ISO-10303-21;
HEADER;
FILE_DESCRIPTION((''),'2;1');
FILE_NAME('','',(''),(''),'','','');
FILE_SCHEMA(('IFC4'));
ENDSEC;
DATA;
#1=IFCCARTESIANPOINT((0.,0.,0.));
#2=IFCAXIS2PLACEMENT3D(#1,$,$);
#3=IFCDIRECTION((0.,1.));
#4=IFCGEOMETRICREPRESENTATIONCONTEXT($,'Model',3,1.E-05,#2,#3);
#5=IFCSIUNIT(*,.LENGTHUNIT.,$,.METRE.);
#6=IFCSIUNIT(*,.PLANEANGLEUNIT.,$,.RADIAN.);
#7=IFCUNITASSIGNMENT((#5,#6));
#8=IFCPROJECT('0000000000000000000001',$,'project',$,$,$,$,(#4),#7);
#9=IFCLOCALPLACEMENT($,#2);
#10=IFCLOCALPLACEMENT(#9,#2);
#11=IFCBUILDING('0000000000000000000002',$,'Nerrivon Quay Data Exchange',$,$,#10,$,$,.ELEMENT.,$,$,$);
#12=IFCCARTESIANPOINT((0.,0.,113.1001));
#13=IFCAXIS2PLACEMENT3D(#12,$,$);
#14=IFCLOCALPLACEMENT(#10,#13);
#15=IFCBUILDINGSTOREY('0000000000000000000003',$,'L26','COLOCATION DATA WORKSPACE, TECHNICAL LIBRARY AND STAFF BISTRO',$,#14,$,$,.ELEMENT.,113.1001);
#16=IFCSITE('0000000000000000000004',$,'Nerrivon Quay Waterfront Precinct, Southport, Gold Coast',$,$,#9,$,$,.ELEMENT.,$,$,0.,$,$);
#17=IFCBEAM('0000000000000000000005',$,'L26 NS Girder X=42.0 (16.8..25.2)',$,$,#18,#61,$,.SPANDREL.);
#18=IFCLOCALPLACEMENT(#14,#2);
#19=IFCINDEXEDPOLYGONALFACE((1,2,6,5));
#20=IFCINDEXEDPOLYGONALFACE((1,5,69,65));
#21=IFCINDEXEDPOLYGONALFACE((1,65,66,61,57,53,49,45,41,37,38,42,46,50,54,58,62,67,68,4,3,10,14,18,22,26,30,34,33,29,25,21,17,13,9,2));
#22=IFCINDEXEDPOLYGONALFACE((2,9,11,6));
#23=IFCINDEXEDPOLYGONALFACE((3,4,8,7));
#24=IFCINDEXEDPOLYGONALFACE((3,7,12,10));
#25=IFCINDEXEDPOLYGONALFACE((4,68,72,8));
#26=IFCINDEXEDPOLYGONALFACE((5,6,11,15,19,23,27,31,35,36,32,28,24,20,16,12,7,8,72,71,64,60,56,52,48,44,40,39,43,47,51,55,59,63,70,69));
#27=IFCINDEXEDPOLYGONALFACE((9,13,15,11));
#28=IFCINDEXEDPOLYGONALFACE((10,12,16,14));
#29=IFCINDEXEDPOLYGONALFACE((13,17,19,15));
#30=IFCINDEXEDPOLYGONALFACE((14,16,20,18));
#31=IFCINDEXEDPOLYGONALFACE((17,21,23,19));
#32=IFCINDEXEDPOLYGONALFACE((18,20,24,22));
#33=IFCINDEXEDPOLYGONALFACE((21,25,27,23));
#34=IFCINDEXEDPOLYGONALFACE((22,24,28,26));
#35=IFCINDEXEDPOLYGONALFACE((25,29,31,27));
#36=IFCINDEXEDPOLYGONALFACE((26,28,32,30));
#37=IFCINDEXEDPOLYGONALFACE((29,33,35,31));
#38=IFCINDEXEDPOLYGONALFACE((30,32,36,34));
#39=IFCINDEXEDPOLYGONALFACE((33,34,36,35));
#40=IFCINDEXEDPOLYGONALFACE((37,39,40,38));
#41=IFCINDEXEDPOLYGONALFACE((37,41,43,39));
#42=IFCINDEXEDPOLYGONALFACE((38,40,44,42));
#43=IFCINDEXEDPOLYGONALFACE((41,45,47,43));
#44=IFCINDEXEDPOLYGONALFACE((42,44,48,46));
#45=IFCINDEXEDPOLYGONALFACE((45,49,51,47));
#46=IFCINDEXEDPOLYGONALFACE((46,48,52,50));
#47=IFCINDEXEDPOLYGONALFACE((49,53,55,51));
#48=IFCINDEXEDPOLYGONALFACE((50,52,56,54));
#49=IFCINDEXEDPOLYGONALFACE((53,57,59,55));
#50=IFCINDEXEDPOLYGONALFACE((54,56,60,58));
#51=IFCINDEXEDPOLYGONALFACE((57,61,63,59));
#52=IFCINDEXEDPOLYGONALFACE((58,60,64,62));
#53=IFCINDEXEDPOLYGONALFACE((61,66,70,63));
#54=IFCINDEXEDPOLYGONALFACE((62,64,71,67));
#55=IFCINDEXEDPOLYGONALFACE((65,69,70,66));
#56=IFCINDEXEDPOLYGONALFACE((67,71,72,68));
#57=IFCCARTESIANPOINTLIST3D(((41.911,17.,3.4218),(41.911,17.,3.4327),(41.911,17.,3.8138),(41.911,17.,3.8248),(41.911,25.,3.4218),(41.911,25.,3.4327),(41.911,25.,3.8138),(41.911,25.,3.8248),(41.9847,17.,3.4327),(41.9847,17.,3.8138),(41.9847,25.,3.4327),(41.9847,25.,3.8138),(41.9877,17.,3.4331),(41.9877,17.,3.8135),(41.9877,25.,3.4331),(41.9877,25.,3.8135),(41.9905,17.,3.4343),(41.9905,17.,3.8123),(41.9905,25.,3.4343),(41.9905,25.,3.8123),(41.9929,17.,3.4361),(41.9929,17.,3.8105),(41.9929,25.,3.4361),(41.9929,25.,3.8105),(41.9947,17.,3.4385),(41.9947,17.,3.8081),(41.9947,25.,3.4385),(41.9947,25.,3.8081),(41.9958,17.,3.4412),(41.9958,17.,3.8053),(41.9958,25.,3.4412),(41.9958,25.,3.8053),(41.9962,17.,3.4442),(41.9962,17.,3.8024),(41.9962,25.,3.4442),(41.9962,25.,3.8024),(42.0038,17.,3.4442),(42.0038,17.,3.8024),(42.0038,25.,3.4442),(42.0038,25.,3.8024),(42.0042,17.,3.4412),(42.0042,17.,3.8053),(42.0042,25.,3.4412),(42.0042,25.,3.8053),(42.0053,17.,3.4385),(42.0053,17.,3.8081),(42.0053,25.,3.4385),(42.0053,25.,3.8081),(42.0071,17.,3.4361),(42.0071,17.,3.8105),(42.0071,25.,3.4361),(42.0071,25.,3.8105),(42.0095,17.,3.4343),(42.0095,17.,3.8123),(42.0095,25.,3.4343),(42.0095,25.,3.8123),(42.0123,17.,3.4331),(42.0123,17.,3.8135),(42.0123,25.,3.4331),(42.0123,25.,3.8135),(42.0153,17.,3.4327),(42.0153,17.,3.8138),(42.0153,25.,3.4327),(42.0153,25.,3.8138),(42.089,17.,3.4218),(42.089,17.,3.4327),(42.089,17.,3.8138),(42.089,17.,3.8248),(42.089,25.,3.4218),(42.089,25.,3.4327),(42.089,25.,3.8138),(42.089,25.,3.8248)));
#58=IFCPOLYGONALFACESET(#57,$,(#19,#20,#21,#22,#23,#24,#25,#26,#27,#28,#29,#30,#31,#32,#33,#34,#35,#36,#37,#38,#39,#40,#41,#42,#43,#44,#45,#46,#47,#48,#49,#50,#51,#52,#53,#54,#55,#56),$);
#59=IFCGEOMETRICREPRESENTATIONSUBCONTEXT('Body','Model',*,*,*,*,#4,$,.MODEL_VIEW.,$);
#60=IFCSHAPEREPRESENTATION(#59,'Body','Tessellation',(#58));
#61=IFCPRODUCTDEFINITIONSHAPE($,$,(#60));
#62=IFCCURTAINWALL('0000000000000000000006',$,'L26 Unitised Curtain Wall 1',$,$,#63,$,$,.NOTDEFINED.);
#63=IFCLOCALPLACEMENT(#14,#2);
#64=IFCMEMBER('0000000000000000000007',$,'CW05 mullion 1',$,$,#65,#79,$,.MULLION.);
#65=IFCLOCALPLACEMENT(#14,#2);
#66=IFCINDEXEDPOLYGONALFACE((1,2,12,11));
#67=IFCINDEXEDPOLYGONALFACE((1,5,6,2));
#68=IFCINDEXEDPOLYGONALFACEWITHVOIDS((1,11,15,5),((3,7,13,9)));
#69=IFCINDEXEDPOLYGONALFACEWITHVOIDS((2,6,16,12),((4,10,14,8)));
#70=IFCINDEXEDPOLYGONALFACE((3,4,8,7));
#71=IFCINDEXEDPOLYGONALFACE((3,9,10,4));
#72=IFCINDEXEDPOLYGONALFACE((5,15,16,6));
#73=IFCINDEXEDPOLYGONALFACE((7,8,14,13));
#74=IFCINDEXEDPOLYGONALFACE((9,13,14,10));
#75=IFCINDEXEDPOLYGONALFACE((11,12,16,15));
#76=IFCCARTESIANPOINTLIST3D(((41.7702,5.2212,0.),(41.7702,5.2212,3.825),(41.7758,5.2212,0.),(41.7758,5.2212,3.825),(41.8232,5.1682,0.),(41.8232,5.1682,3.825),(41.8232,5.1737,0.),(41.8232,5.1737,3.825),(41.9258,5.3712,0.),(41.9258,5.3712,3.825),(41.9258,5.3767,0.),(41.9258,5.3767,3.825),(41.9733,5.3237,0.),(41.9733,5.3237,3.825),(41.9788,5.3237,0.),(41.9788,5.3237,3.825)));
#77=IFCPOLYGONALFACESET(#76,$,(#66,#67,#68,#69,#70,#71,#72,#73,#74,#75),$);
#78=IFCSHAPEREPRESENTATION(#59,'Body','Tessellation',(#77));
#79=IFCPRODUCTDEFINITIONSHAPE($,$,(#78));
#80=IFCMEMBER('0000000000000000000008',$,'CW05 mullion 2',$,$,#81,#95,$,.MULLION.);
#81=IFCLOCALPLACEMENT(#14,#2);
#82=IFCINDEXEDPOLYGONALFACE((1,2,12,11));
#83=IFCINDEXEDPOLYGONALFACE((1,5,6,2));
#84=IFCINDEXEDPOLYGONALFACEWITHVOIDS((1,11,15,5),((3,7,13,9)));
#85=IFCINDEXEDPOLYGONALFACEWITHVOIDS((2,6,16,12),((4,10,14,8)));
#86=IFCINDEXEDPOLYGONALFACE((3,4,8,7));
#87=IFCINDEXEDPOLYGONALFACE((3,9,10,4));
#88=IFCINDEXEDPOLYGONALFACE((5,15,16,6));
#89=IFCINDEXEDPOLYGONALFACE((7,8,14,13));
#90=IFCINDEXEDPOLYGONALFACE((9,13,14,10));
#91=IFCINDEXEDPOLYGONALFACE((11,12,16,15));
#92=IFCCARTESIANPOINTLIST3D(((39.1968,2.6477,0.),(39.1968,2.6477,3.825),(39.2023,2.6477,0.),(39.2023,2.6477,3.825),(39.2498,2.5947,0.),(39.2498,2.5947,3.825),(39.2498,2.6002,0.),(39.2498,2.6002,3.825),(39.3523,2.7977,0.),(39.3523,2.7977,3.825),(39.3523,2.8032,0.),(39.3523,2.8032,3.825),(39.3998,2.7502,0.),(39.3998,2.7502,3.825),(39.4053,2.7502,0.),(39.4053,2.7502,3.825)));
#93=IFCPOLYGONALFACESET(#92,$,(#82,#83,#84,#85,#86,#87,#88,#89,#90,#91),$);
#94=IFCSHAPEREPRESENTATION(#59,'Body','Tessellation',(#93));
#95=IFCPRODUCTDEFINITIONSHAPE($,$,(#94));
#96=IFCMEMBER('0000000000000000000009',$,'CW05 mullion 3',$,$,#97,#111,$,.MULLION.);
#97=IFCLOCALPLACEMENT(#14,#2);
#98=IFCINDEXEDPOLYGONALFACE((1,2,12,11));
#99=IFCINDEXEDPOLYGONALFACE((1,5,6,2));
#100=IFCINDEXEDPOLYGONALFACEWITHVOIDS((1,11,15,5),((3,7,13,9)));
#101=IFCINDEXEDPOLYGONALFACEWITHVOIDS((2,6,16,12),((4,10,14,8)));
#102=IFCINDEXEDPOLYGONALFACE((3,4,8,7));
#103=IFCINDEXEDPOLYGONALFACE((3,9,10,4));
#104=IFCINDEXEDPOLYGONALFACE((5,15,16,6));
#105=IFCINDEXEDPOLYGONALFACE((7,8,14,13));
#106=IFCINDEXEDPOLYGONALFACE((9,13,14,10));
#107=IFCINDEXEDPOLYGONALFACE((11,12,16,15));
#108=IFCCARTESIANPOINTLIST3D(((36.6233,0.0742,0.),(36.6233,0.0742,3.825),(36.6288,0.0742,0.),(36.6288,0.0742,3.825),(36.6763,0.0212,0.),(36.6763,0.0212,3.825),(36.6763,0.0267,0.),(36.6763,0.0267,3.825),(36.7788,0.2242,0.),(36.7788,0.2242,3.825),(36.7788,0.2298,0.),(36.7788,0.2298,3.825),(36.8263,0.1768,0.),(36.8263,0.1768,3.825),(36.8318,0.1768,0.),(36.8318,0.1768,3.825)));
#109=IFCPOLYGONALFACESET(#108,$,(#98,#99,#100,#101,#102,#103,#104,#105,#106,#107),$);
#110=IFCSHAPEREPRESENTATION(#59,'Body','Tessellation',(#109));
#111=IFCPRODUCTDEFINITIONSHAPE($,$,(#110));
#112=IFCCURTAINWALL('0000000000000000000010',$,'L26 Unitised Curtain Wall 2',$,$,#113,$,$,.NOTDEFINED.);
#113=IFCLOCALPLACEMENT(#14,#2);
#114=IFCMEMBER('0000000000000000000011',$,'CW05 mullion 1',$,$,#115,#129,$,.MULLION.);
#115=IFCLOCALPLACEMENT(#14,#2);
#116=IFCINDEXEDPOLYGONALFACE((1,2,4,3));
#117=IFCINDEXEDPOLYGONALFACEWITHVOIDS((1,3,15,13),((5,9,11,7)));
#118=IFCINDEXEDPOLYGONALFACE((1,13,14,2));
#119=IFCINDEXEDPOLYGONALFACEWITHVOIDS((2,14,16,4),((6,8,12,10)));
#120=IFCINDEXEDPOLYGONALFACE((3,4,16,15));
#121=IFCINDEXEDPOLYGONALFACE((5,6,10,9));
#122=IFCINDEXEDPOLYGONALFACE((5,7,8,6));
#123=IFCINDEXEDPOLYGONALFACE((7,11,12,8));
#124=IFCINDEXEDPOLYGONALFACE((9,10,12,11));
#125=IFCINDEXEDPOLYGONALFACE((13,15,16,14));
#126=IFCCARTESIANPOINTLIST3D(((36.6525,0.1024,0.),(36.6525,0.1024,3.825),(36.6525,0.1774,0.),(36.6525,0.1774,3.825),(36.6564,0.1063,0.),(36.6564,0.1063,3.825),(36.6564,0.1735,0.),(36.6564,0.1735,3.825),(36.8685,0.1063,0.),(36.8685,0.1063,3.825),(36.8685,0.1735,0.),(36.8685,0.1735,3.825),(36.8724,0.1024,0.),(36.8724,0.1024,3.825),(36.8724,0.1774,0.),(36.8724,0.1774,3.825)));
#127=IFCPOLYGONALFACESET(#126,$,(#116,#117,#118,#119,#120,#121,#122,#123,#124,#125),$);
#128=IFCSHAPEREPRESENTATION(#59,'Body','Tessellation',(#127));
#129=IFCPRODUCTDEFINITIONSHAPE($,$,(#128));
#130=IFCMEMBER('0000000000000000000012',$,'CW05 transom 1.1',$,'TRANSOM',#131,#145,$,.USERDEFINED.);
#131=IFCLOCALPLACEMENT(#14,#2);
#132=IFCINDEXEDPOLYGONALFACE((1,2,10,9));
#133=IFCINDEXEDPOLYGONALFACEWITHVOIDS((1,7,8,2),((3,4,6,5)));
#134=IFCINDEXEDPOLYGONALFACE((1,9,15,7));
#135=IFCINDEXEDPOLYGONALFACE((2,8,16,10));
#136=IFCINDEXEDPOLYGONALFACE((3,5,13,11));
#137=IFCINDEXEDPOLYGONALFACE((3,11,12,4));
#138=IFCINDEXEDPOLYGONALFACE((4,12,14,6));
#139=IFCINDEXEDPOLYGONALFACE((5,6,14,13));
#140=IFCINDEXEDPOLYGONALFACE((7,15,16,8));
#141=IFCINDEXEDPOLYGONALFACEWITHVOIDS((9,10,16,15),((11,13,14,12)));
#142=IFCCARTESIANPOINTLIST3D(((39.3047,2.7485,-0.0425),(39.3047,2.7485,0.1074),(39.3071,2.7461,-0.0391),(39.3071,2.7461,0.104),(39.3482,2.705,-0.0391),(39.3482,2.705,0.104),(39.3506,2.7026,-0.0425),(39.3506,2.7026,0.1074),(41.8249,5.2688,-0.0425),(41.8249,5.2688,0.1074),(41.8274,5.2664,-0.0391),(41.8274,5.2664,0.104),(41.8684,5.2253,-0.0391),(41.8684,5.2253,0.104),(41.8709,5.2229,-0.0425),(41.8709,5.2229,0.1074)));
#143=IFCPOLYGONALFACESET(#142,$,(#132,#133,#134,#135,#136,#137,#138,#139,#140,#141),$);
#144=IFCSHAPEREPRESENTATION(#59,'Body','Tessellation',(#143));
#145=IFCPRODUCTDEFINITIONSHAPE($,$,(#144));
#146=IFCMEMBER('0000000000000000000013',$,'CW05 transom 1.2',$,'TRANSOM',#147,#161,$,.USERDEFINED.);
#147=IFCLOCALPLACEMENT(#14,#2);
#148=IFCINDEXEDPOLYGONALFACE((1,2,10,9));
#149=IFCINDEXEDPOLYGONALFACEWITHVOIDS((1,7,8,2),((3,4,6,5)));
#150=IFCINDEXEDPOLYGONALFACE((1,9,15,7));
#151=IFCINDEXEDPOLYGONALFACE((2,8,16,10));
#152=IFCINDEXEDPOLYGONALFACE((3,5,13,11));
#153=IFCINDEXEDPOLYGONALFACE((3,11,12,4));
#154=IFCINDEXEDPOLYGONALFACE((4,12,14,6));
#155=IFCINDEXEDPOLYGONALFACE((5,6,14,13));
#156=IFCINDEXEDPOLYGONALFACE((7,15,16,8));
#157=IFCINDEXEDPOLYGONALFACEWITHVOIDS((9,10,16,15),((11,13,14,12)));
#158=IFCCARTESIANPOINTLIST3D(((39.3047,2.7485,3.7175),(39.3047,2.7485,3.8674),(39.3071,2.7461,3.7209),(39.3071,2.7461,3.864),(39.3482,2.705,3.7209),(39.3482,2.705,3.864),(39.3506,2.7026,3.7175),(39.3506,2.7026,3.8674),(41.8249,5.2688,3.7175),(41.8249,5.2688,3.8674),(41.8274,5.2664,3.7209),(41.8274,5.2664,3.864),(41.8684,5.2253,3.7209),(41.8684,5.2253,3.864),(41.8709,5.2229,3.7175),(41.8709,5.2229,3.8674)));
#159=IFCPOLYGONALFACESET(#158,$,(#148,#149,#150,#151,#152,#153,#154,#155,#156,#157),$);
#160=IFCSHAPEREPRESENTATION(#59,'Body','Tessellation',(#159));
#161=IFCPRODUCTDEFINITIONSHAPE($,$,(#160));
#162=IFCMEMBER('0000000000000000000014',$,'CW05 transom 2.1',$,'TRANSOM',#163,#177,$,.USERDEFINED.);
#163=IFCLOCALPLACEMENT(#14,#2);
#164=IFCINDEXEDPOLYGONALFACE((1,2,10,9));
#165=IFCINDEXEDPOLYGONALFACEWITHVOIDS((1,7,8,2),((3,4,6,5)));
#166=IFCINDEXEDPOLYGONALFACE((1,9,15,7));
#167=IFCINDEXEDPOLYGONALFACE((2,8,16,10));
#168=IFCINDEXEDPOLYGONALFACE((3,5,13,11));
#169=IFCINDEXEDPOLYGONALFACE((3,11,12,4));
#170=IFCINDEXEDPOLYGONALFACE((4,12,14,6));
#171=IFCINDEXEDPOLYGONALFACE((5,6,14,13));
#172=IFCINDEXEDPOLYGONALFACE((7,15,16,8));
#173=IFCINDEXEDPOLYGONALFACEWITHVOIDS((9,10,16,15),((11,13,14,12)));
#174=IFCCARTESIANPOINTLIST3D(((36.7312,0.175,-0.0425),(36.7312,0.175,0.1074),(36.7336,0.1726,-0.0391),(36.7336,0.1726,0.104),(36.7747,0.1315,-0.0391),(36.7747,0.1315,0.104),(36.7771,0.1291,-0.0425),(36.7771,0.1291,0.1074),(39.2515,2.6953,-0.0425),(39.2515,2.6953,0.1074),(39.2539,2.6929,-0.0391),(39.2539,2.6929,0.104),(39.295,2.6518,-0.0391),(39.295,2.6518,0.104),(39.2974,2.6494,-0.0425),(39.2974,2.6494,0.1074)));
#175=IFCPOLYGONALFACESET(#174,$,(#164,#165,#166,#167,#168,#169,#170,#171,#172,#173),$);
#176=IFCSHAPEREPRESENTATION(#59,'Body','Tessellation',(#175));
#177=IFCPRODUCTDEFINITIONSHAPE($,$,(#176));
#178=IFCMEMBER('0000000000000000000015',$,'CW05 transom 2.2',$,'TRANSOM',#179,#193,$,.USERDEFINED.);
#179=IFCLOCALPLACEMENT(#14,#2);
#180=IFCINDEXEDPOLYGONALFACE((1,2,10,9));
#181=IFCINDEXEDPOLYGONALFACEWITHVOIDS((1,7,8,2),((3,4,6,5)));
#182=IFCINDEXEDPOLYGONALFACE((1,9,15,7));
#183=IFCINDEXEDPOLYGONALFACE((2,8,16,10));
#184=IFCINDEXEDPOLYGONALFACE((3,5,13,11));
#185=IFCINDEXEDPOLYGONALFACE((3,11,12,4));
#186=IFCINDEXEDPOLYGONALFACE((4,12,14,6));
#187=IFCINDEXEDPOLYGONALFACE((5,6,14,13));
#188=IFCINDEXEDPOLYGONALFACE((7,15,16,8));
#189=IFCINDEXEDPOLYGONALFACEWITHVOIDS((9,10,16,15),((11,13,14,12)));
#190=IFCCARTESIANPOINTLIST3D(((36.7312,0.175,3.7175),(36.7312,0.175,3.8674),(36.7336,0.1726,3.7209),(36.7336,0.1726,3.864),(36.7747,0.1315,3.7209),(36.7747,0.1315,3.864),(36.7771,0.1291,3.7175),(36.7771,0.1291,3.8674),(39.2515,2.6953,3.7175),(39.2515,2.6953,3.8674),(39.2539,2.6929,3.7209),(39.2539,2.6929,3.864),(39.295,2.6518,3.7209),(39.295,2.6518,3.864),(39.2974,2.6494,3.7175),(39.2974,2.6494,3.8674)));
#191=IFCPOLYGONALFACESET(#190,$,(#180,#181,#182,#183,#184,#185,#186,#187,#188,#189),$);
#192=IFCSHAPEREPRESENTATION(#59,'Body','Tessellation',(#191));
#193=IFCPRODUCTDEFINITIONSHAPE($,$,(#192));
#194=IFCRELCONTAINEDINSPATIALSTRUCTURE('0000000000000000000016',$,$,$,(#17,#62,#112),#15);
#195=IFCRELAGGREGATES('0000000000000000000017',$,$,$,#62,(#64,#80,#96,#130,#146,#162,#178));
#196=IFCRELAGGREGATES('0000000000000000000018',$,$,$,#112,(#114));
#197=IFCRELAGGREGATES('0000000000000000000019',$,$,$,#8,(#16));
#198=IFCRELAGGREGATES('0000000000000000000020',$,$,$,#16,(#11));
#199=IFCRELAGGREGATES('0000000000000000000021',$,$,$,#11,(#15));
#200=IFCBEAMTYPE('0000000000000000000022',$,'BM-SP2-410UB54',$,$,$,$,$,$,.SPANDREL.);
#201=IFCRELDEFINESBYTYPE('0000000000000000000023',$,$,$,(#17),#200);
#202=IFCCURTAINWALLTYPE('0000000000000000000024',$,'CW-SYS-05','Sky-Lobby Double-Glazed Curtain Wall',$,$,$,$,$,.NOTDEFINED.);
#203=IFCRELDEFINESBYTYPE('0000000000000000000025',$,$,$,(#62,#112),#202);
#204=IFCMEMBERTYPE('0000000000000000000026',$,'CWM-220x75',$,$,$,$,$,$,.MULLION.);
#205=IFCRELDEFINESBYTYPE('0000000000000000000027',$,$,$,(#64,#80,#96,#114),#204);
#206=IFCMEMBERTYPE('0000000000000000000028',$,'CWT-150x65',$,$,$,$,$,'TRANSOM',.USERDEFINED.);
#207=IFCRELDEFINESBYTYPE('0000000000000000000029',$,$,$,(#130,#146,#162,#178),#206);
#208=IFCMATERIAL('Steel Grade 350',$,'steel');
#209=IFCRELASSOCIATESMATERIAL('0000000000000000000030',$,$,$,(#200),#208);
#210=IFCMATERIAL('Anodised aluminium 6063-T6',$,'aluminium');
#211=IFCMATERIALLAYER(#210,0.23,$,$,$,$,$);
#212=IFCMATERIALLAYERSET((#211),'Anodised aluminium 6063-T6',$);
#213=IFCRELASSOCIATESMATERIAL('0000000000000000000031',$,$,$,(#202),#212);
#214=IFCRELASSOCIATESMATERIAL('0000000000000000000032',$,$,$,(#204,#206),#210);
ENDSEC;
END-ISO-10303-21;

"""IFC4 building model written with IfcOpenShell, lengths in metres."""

from ifc_helpers import new_model, si_unit, direction, frame, origin, origin_2d, place, context, subcontext, project, spatial, hollow_rectangle, i_section, extrude, material, layer, layer_set, material_profile, profile_set, type_object, element, aggregate, save


model = new_model("IFC4")

# Units and contexts
model_context = context("Model", 3, precision=1e-05, world=origin(), true_north=direction((0.0, 1.0)))
body_context = subcontext(model_context, "Body", "Model", "MODEL_VIEW")
ifc_project = project(units=[si_unit("LENGTHUNIT", "METRE"), si_unit("PLANEANGLEUNIT", "RADIAN")], contexts=[model_context])

# Site, building, storey
site_placement = place(None, origin())
site = spatial("IfcSite", under=ifc_project, at=site_placement, Name="Nerrivon Quay Waterfront Precinct, Southport, Gold Coast", CompositionType="ELEMENT", RefElevation=0.0)
building_placement = place(site_placement, origin())
building = spatial("IfcBuilding", under=site, at=building_placement, Name="Nerrivon Quay Data Exchange", CompositionType="ELEMENT")
storey_placement = place(building_placement, frame((0.0, 0.0, 113.1001)))
storey = spatial("IfcBuildingStorey", under=building, at=storey_placement, Name="L26", Description="COLOCATION DATA WORKSPACE, TECHNICAL LIBRARY AND STAFF BISTRO", CompositionType="ELEMENT", Elevation=113.1001)

# Shared definitions
ifc_material_1 = material(Name="Steel Grade 350", Category="steel")

# Beam
ifc_material_profile_1 = material_profile(ifc_material_1, i_section(OverallWidth=0.178, OverallDepth=0.4031, WebThickness=0.0076, FlangeThickness=0.011, FilletRadius=0.0115, at=origin_2d()), Name="410UB53.7")
ifc_profile_set_1 = profile_set([ifc_material_profile_1], Name="Steel Grade 350")
beam_type_1 = type_object("IfcBeamType", Name="BM-SP2-410UB54", PredefinedType="SPANDREL", material=ifc_profile_set_1)
for number, where, z_axis, x_axis, name in (
    (1, (42.0, 17.0, 3.6233), (0.0, 1.0, 0.0), (-1.0, 0.0, 0.0), "L26 NS Girder X=42.0 (16.8..25.2)"),
):
    element("IfcBeam", number, at=place(storey_placement, frame(where, z_axis=z_axis, x_axis=x_axis)), inside=storey, type_object=beam_type_1, Name=name, PredefinedType="SPANDREL", context=body_context, shape_type="SweptSolid", body=[
        extrude(i_section(OverallWidth=0.178, OverallDepth=0.4031, WebThickness=0.0076, FlangeThickness=0.011, FilletRadius=0.0115, at=origin_2d()), origin(), (0.0, 0.0, 1.0), 8.0),
    ])

# Curtain wall, members
ifc_material_2 = material(Name="Anodised aluminium 6063-T6", Category="aluminium")
ifc_layer_1 = layer(ifc_material_2, 0.23)
ifc_layer_set_1 = layer_set([ifc_layer_1], Name="Anodised aluminium 6063-T6")
curtain_wall_type = type_object("IfcCurtainWallType", Name="CW-SYS-05", Description="Sky-Lobby Double-Glazed Curtain Wall", PredefinedType="NOTDEFINED", material=ifc_layer_set_1)
curtain_wall_1_placement = place(storey_placement, origin())
curtain_wall_1 = element("IfcCurtainWall", 2, at=curtain_wall_1_placement, inside=storey, type_object=curtain_wall_type, Name="L26 Unitised Curtain Wall 1", PredefinedType="NOTDEFINED")
ifc_material_profile_2 = material_profile(ifc_material_2, hollow_rectangle(XDim=0.075, YDim=0.22, WallThickness=0.0039, at=origin_2d()), Name="ALU-MULL-220x75")
ifc_profile_set_2 = profile_set([ifc_material_profile_2], Name="Anodised aluminium 6063-T6")
member_type_1 = type_object("IfcMemberType", Name="CWM-220x75", PredefinedType="MULLION", material=ifc_profile_set_2)
member_1_placement = place(storey_placement, frame((41.8745, 5.2725, 0.0), z_axis=(0.0, 0.0, 1.0), x_axis=(0.707107, -0.707107, 0.0)))
member_1 = element("IfcMember", 3, at=member_1_placement, type_object=member_type_1, Name="CW05 mullion 1", PredefinedType="MULLION", context=body_context, shape_type="SweptSolid", body=[
    extrude(hollow_rectangle(XDim=0.075, YDim=0.22, WallThickness=0.0039, at=origin_2d()), origin(), (0.0, 0.0, 1.0), 3.825),
])
member_2_placement = place(storey_placement, frame((39.301, 2.699, 0.0), z_axis=(0.0, 0.0, 1.0), x_axis=(0.707107, -0.707107, 0.0)))
member_2 = element("IfcMember", 4, at=member_2_placement, type_object=member_type_1, Name="CW05 mullion 2", PredefinedType="MULLION", context=body_context, shape_type="SweptSolid", body=[
    extrude(hollow_rectangle(XDim=0.075, YDim=0.22, WallThickness=0.0039, at=origin_2d()), origin(), (0.0, 0.0, 1.0), 3.825),
])
member_3_placement = place(storey_placement, frame((36.7275, 0.1255, 0.0), z_axis=(0.0, 0.0, 1.0), x_axis=(0.707107, -0.707107, 0.0)))
member_3 = element("IfcMember", 5, at=member_3_placement, type_object=member_type_1, Name="CW05 mullion 3", PredefinedType="MULLION", context=body_context, shape_type="SweptSolid", body=[
    extrude(hollow_rectangle(XDim=0.075, YDim=0.22, WallThickness=0.0039, at=origin_2d()), origin(), (0.0, 0.0, 1.0), 3.825),
])

# Curtain wall, member
curtain_wall_2_placement = place(storey_placement, origin())
curtain_wall_2 = element("IfcCurtainWall", 6, at=curtain_wall_2_placement, inside=storey, type_object=curtain_wall_type, Name="L26 Unitised Curtain Wall 2", PredefinedType="NOTDEFINED")
member_4_placement = place(storey_placement, frame((36.7625, 0.1399, 0.0), z_axis=(0.0, 0.0, 1.0), x_axis=(0.0, -1.0, 0.0)))
member_4 = element("IfcMember", 7, at=member_4_placement, type_object=member_type_1, Name="CW05 mullion 1", PredefinedType="MULLION", context=body_context, shape_type="SweptSolid", body=[
    extrude(hollow_rectangle(XDim=0.075, YDim=0.22, WallThickness=0.0039, at=origin_2d()), origin(), (0.0, 0.0, 1.0), 3.825),
])

# Members
ifc_material_profile_3 = material_profile(ifc_material_2, hollow_rectangle(XDim=0.0649, YDim=0.1499, WallThickness=0.0034, at=origin_2d()), Name="ALU-TRAN-150x65")
ifc_profile_set_3 = profile_set([ifc_material_profile_3], Name="Anodised aluminium 6063-T6")
member_type_2 = type_object("IfcMemberType", Name="CWT-150x65", ElementType="TRANSOM", PredefinedType="USERDEFINED", material=ifc_profile_set_3)
member_5_placement = place(storey_placement, frame((41.8479, 5.2458, 0.0325), z_axis=(-0.707107, -0.707107, 0.0), x_axis=(0.707107, -0.707107, 0.0)))
member_5 = element("IfcMember", 8, at=member_5_placement, type_object=member_type_2, Name="CW05 transom 1.1", ObjectType="TRANSOM", PredefinedType="USERDEFINED", context=body_context, shape_type="SweptSolid", body=[
    extrude(hollow_rectangle(XDim=0.0649, YDim=0.1499, WallThickness=0.0034, at=origin_2d()), origin(), (0.0, 0.0, 1.0), 3.5642),
])
member_6_placement = place(storey_placement, frame((41.8479, 5.2458, 3.7925), z_axis=(-0.707107, -0.707107, 0.0), x_axis=(0.707107, -0.707107, 0.0)))
member_6 = element("IfcMember", 9, at=member_6_placement, type_object=member_type_2, Name="CW05 transom 1.2", ObjectType="TRANSOM", PredefinedType="USERDEFINED", context=body_context, shape_type="SweptSolid", body=[
    extrude(hollow_rectangle(XDim=0.0649, YDim=0.1499, WallThickness=0.0034, at=origin_2d()), origin(), (0.0, 0.0, 1.0), 3.5642),
])
member_7_placement = place(storey_placement, frame((39.2744, 2.6724, 0.0325), z_axis=(-0.707107, -0.707107, 0.0), x_axis=(0.707107, -0.707107, 0.0)))
member_7 = element("IfcMember", 10, at=member_7_placement, type_object=member_type_2, Name="CW05 transom 2.1", ObjectType="TRANSOM", PredefinedType="USERDEFINED", context=body_context, shape_type="SweptSolid", body=[
    extrude(hollow_rectangle(XDim=0.0649, YDim=0.1499, WallThickness=0.0034, at=origin_2d()), origin(), (0.0, 0.0, 1.0), 3.5642),
])
member_8_placement = place(storey_placement, frame((39.2744, 2.6724, 3.7925), z_axis=(-0.707107, -0.707107, 0.0), x_axis=(0.707107, -0.707107, 0.0)))
member_8 = element("IfcMember", 11, at=member_8_placement, type_object=member_type_2, Name="CW05 transom 2.2", ObjectType="TRANSOM", PredefinedType="USERDEFINED", context=body_context, shape_type="SweptSolid", body=[
    extrude(hollow_rectangle(XDim=0.0649, YDim=0.1499, WallThickness=0.0034, at=origin_2d()), origin(), (0.0, 0.0, 1.0), 3.5642),
])

aggregate(curtain_wall_1, [member_1, member_2, member_3, member_5, member_6, member_7, member_8])
aggregate(curtain_wall_2, [member_4])

save(model, "model.ifc")
